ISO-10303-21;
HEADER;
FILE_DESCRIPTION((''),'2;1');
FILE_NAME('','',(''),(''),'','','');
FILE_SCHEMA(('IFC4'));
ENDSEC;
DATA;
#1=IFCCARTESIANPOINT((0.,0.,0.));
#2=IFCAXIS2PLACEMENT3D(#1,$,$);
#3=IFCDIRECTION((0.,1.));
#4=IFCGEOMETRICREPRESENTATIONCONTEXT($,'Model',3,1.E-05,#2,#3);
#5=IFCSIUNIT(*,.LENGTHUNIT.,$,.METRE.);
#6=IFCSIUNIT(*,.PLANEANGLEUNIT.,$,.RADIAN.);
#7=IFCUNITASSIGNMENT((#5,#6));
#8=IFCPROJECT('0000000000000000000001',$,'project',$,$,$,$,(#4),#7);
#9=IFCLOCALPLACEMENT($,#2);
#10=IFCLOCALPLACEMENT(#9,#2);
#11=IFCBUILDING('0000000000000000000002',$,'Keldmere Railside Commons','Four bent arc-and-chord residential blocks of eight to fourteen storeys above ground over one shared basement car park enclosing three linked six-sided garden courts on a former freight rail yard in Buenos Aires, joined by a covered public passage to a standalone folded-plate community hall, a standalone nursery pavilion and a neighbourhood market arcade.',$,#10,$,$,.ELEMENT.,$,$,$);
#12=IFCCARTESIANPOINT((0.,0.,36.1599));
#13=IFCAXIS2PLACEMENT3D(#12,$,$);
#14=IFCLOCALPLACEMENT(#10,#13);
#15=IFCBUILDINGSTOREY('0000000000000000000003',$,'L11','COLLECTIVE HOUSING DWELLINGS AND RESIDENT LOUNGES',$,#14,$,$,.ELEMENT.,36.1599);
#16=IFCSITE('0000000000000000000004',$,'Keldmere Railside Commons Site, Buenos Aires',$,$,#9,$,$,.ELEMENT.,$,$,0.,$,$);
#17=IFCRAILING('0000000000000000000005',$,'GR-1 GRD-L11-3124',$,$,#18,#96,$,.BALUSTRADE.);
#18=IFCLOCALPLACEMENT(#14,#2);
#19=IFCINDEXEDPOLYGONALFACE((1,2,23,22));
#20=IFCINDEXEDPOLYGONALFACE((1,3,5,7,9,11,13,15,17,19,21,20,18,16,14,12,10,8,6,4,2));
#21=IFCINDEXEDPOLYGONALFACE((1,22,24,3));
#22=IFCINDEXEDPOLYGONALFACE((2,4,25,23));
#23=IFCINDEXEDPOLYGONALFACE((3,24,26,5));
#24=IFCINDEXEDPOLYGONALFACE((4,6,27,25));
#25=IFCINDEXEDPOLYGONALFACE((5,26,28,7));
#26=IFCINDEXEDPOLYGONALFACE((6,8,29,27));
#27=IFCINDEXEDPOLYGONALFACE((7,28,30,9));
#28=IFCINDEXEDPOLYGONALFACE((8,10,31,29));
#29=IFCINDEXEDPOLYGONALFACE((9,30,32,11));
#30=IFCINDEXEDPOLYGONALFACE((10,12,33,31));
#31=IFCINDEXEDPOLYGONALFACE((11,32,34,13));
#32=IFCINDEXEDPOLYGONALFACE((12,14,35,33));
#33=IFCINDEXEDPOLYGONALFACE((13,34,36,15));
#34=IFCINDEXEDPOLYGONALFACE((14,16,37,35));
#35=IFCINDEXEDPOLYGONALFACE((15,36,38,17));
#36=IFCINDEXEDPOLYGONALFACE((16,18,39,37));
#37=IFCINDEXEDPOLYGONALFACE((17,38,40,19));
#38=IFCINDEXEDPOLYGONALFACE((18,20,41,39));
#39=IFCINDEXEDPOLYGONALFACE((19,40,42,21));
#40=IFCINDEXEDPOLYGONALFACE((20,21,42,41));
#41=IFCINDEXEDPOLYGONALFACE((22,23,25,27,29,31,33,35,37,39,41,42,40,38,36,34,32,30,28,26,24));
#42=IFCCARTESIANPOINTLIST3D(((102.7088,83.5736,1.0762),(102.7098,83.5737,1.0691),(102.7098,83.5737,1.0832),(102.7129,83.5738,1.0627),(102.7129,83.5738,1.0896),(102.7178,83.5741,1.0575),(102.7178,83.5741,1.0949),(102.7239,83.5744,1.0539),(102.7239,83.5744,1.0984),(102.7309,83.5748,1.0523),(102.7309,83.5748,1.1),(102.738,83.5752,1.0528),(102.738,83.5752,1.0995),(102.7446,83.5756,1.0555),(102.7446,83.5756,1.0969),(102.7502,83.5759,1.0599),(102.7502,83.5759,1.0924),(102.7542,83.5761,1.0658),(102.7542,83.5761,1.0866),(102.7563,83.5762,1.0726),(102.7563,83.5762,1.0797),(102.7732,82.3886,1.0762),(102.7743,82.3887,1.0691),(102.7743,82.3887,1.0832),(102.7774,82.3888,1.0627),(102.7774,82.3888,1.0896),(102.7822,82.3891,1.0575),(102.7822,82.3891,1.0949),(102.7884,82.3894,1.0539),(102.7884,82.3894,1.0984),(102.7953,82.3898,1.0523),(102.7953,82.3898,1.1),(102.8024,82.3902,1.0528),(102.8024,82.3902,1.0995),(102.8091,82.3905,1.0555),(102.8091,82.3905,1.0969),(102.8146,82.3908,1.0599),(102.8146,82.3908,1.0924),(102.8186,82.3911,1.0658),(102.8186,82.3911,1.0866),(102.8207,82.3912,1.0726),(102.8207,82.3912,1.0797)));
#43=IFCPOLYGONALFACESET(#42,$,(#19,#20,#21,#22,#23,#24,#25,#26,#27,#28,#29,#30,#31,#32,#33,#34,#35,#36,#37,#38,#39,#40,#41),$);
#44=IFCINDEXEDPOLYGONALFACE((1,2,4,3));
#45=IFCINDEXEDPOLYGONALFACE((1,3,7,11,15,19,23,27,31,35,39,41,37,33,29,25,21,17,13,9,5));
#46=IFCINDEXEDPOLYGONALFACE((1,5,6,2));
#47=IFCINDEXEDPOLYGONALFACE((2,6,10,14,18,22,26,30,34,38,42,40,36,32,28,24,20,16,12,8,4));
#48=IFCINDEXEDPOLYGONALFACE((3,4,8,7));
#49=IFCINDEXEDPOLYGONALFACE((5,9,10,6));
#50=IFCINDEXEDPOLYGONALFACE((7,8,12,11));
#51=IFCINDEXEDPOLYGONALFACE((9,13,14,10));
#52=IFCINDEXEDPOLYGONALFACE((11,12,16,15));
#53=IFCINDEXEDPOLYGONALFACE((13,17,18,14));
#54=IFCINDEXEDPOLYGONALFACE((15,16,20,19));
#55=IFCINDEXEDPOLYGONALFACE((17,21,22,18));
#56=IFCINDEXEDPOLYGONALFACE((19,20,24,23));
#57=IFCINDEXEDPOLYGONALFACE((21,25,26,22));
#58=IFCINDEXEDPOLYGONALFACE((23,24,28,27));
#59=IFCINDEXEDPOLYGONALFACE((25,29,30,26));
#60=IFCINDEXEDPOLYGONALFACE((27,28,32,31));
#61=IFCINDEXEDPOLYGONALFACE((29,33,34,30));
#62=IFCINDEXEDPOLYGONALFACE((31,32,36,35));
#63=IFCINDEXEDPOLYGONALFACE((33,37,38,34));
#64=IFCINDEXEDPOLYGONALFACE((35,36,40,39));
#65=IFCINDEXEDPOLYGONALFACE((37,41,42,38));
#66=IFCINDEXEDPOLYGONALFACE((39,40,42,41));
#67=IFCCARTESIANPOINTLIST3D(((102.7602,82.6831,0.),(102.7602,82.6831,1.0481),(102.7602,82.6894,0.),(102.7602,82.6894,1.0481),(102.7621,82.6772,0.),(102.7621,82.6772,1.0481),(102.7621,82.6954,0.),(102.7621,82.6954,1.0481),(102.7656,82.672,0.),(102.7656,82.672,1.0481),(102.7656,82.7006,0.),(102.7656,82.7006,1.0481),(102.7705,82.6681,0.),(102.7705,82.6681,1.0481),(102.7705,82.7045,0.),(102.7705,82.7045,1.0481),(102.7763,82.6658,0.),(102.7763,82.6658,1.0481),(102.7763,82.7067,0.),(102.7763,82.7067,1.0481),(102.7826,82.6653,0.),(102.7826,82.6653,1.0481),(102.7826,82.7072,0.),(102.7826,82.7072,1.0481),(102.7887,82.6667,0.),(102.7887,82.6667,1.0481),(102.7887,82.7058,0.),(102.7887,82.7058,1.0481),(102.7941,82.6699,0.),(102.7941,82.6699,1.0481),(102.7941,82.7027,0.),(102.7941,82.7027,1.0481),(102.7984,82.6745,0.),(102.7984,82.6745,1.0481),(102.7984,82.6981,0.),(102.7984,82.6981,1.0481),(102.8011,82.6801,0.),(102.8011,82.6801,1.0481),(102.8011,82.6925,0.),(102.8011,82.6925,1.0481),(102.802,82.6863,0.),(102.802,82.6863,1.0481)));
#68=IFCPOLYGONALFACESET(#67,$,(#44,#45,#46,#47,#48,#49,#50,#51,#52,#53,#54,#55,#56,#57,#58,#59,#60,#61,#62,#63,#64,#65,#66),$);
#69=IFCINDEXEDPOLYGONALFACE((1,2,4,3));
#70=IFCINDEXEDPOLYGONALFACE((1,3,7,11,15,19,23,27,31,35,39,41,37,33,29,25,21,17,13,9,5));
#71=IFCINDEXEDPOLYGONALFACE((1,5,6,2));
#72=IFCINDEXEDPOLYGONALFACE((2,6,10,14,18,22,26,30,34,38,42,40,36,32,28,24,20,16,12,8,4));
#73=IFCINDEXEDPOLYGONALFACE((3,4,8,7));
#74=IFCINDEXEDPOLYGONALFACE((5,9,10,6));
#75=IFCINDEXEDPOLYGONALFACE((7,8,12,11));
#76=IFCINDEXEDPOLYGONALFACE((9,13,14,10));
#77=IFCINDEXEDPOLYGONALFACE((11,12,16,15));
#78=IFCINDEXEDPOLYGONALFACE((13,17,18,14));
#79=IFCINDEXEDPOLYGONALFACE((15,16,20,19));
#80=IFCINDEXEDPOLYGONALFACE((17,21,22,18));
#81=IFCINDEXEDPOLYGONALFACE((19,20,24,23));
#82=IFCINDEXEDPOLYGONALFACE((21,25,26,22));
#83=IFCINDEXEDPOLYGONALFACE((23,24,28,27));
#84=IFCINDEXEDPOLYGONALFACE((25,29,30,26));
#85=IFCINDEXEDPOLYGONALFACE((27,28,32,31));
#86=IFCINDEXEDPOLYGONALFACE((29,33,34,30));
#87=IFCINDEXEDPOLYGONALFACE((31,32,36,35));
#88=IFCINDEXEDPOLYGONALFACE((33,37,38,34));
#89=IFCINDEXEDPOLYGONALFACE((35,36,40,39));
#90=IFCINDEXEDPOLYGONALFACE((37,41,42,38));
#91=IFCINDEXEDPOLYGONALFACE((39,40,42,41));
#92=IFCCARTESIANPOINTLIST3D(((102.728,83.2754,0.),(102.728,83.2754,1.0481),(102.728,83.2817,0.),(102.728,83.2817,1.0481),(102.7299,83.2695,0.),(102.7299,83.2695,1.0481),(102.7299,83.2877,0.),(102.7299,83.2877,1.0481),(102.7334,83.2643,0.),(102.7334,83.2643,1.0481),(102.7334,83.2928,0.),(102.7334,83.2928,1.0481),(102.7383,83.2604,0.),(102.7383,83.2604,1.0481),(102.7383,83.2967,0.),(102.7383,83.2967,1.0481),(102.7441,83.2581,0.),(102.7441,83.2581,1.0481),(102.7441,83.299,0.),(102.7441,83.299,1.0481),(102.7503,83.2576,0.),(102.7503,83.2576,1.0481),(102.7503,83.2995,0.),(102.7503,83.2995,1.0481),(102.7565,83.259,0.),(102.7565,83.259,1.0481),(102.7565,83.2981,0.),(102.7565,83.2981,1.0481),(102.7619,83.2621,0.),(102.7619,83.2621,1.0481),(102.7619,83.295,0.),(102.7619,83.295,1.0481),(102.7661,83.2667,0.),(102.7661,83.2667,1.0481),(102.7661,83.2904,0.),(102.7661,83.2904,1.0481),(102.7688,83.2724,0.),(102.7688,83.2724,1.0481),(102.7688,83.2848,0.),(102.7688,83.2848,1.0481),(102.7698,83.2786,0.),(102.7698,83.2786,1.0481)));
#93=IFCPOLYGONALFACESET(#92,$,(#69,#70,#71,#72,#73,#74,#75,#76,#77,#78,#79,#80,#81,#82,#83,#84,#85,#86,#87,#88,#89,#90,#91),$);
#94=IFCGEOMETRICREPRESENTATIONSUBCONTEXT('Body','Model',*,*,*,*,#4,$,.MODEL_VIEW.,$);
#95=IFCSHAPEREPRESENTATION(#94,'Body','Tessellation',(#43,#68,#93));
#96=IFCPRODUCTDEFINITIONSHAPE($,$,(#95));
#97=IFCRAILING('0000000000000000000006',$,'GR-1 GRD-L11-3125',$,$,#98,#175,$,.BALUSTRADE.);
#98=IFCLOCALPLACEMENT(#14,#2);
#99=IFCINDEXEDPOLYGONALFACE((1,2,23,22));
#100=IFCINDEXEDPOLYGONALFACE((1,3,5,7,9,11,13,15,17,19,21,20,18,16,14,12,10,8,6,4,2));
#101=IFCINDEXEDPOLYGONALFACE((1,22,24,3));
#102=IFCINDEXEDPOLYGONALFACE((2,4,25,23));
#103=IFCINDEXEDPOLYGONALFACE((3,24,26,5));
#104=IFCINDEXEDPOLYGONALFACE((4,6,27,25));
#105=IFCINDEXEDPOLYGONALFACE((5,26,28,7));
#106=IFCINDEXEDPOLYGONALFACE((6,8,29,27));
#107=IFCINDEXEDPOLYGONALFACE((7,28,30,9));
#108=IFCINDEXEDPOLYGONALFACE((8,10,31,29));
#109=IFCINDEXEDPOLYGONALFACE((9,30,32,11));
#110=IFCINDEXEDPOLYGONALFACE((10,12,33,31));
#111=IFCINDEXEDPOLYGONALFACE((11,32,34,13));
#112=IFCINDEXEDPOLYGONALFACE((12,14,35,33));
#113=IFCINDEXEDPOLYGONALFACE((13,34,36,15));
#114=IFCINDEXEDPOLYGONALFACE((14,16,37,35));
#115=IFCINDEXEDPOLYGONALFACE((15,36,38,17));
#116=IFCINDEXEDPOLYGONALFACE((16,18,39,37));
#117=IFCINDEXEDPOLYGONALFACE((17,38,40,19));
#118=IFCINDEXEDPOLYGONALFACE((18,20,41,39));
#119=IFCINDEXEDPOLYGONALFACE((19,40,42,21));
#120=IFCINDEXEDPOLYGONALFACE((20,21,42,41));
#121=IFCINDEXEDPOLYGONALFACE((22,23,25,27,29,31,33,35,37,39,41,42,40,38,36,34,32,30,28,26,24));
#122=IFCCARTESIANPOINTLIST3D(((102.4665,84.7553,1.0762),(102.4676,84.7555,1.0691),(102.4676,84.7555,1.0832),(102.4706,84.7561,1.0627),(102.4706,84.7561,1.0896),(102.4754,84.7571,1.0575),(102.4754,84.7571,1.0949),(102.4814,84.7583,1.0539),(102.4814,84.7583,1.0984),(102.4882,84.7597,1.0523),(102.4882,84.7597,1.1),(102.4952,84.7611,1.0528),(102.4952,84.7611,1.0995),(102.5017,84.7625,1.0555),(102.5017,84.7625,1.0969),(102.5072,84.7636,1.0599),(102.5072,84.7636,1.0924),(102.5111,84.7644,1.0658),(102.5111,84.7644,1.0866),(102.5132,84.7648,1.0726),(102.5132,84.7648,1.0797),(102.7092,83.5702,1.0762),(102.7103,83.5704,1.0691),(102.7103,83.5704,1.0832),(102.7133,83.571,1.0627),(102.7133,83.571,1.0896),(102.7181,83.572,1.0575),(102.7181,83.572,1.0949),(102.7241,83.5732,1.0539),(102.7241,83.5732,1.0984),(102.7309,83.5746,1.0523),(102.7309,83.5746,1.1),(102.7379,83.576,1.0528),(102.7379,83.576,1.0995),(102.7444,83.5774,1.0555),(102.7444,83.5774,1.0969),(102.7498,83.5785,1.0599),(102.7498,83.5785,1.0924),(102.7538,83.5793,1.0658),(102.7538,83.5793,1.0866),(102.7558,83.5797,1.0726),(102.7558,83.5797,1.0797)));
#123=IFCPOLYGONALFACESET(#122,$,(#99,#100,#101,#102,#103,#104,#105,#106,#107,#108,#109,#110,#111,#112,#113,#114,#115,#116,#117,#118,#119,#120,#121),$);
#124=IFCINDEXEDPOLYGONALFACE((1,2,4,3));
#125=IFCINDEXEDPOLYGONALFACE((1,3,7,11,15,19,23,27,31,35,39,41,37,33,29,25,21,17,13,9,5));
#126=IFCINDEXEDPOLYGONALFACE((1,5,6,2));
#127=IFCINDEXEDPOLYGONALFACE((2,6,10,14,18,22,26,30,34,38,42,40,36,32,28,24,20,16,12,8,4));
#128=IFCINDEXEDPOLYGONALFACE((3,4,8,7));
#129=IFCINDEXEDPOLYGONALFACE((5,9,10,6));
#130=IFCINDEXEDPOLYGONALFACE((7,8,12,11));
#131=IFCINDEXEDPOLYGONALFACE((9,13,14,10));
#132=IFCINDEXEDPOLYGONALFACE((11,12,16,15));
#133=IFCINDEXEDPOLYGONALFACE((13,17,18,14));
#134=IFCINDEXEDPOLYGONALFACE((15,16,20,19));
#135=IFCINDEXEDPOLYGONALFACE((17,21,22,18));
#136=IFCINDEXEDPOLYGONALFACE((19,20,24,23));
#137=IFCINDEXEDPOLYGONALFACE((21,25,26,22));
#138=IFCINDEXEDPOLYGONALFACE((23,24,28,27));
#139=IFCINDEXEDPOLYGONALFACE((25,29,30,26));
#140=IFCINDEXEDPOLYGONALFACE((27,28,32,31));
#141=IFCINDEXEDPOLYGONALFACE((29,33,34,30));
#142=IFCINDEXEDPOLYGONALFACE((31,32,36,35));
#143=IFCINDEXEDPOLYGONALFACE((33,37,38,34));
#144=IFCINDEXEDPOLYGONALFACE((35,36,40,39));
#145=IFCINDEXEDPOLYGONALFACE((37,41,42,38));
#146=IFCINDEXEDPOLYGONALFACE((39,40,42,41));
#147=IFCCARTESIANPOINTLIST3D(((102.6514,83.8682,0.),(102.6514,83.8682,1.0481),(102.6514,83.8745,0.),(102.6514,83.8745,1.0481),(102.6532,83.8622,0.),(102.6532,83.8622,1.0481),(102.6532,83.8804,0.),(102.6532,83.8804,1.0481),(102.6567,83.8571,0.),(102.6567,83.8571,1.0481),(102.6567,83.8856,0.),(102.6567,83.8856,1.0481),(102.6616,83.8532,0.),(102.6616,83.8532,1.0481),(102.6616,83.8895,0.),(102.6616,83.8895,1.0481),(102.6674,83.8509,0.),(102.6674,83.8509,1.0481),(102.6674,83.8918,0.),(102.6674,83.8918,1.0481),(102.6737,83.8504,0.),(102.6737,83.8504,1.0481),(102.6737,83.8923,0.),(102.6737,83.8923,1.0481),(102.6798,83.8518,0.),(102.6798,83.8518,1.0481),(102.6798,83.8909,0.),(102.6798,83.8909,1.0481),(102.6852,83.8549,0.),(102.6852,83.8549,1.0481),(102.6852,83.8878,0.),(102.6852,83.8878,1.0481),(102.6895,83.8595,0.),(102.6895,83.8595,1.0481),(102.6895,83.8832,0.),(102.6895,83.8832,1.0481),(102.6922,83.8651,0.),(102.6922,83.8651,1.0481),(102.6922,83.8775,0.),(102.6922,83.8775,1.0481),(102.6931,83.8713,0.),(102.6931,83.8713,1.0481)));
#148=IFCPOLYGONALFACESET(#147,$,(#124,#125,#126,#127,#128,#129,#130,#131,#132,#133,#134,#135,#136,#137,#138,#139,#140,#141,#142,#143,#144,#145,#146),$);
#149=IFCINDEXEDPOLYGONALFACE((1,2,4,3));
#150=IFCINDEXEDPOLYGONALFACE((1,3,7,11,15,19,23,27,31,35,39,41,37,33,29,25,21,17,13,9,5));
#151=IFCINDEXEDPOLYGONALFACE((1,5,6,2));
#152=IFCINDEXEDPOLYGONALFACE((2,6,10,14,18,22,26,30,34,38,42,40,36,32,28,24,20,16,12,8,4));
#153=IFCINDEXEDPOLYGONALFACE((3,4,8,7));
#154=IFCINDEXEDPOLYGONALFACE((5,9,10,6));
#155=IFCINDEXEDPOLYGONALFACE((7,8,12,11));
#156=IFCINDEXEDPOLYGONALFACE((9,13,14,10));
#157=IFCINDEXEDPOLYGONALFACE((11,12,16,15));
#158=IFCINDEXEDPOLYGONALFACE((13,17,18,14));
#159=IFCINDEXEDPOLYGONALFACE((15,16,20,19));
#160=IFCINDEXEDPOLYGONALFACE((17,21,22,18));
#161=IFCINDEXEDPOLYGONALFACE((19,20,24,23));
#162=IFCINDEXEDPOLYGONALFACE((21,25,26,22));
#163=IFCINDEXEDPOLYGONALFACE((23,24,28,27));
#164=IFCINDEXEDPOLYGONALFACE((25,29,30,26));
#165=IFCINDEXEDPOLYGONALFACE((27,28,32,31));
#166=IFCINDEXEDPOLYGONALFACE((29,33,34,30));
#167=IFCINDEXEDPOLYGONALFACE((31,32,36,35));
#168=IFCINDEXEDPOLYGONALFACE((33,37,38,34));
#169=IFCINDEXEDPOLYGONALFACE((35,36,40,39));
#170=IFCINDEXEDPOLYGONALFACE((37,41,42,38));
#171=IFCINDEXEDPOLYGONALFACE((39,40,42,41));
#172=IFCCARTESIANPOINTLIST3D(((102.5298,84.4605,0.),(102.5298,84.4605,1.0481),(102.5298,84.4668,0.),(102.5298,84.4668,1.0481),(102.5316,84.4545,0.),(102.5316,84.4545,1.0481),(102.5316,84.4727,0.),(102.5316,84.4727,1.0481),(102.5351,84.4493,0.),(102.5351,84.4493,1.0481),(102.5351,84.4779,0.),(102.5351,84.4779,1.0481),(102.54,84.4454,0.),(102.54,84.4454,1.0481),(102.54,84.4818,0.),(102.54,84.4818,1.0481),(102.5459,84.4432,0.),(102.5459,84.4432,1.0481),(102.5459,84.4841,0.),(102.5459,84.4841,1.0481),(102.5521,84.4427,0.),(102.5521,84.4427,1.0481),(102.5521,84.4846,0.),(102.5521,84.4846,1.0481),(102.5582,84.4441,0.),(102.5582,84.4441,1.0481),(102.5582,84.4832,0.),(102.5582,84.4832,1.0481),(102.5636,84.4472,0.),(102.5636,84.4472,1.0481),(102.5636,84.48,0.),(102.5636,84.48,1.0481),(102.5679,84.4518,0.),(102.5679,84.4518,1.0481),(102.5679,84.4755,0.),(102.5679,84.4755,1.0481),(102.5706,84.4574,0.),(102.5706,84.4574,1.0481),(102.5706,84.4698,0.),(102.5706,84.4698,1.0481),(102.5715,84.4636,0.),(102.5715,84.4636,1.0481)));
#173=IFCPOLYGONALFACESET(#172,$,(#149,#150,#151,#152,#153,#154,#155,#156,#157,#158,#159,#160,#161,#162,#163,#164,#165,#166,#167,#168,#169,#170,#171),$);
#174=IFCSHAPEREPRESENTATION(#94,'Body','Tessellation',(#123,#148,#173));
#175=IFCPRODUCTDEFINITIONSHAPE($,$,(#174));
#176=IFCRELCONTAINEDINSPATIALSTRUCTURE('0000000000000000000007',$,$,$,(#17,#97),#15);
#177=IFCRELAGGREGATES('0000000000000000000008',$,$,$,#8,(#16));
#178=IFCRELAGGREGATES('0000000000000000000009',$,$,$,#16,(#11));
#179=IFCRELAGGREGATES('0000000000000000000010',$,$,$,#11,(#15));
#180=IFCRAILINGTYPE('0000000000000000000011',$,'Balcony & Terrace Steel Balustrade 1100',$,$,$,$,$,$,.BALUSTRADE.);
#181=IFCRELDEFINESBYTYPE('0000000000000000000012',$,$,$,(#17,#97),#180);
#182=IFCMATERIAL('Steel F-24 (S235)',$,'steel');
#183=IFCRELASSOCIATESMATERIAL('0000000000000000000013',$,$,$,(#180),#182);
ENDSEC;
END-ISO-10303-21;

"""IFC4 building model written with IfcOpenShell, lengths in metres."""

from ifc_helpers import new_model, si_unit, direction, frame, origin, origin_2d, place, context, subcontext, project, spatial, circle, extrude, material, type_object, element, save


model = new_model("IFC4")

# Units and contexts
model_context = context("Model", 3, precision=1e-05, world=origin(), true_north=direction((0.0, 1.0)))
body_context = subcontext(model_context, "Body", "Model", "MODEL_VIEW")
ifc_project = project(units=[si_unit("LENGTHUNIT", "METRE"), si_unit("PLANEANGLEUNIT", "RADIAN")], contexts=[model_context])

# Site, building, storey
site_placement = place(None, origin())
site = spatial("IfcSite", under=ifc_project, at=site_placement, Name="Keldmere Railside Commons Site, Buenos Aires", CompositionType="ELEMENT", RefElevation=0.0)
building_placement = place(site_placement, origin())
building = spatial("IfcBuilding", under=site, at=building_placement, Name="Keldmere Railside Commons", Description="Four bent arc-and-chord residential blocks of eight to fourteen storeys above ground over one shared basement car park enclosing three linked six-sided garden courts on a former freight rail yard in Buenos Aires, joined by a covered public passage to a standalone folded-plate community hall, a standalone nursery pavilion and a neighbourhood market arcade.", CompositionType="ELEMENT")
storey_placement = place(building_placement, frame((0.0, 0.0, 36.1599)))
storey = spatial("IfcBuildingStorey", under=building, at=storey_placement, Name="L11", Description="COLLECTIVE HOUSING DWELLINGS AND RESIDENT LOUNGES", CompositionType="ELEMENT", Elevation=36.1599)

# Shared definitions
ifc_material_1 = material(Name="Steel F-24 (S235)", Category="steel")

# Railings
railing_type_1 = type_object("IfcRailingType", Name="Balcony & Terrace Steel Balustrade 1100", PredefinedType="BALUSTRADE", material=ifc_material_1)
railing_1_placement = place(storey_placement, frame((102.7971, 82.3899, 0.0)))
element("IfcRailing", 1, at=railing_1_placement, inside=storey, type_object=railing_type_1, Name="GR-1 GRD-L11-3124", PredefinedType="BALUSTRADE", context=body_context, shape_type="SweptSolid", body=[
    extrude(circle(Radius=0.0239, at=origin_2d()), frame((0.0, 0.0, 1.0762), z_axis=(-0.054308, 0.998524, 0.0), x_axis=(-0.998524, -0.054308, 0.0)), (0.0, 0.0, 1.0), 1.1868),
    extrude(circle(Radius=0.021, at=origin_2d()), frame((-0.0161, 0.2964, 0.0)), (0.0, 0.0, 1.0), 1.0481),
    extrude(circle(Radius=0.021, at=origin_2d()), frame((-0.0483, 0.8887, 0.0)), (0.0, 0.0, 1.0), 1.0481),
])
railing_2_placement = place(storey_placement, frame((102.7327, 83.575, 0.0)))
element("IfcRailing", 2, at=railing_2_placement, inside=storey, type_object=railing_type_1, Name="GR-1 GRD-L11-3125", PredefinedType="BALUSTRADE", context=body_context, shape_type="SweptSolid", body=[
    extrude(circle(Radius=0.0239, at=origin_2d()), frame((0.0, 0.0, 1.0762), z_axis=(-0.200616, 0.97967, 0.0), x_axis=(-0.97967, -0.200616, 0.0)), (0.0, 0.0, 1.0), 1.2097),
    extrude(circle(Radius=0.021, at=origin_2d()), frame((-0.0605, 0.2964, 0.0)), (0.0, 0.0, 1.0), 1.0481),
    extrude(circle(Radius=0.021, at=origin_2d()), frame((-0.1821, 0.8887, 0.0)), (0.0, 0.0, 1.0), 1.0481),
])

save(model, "model.ifc")
